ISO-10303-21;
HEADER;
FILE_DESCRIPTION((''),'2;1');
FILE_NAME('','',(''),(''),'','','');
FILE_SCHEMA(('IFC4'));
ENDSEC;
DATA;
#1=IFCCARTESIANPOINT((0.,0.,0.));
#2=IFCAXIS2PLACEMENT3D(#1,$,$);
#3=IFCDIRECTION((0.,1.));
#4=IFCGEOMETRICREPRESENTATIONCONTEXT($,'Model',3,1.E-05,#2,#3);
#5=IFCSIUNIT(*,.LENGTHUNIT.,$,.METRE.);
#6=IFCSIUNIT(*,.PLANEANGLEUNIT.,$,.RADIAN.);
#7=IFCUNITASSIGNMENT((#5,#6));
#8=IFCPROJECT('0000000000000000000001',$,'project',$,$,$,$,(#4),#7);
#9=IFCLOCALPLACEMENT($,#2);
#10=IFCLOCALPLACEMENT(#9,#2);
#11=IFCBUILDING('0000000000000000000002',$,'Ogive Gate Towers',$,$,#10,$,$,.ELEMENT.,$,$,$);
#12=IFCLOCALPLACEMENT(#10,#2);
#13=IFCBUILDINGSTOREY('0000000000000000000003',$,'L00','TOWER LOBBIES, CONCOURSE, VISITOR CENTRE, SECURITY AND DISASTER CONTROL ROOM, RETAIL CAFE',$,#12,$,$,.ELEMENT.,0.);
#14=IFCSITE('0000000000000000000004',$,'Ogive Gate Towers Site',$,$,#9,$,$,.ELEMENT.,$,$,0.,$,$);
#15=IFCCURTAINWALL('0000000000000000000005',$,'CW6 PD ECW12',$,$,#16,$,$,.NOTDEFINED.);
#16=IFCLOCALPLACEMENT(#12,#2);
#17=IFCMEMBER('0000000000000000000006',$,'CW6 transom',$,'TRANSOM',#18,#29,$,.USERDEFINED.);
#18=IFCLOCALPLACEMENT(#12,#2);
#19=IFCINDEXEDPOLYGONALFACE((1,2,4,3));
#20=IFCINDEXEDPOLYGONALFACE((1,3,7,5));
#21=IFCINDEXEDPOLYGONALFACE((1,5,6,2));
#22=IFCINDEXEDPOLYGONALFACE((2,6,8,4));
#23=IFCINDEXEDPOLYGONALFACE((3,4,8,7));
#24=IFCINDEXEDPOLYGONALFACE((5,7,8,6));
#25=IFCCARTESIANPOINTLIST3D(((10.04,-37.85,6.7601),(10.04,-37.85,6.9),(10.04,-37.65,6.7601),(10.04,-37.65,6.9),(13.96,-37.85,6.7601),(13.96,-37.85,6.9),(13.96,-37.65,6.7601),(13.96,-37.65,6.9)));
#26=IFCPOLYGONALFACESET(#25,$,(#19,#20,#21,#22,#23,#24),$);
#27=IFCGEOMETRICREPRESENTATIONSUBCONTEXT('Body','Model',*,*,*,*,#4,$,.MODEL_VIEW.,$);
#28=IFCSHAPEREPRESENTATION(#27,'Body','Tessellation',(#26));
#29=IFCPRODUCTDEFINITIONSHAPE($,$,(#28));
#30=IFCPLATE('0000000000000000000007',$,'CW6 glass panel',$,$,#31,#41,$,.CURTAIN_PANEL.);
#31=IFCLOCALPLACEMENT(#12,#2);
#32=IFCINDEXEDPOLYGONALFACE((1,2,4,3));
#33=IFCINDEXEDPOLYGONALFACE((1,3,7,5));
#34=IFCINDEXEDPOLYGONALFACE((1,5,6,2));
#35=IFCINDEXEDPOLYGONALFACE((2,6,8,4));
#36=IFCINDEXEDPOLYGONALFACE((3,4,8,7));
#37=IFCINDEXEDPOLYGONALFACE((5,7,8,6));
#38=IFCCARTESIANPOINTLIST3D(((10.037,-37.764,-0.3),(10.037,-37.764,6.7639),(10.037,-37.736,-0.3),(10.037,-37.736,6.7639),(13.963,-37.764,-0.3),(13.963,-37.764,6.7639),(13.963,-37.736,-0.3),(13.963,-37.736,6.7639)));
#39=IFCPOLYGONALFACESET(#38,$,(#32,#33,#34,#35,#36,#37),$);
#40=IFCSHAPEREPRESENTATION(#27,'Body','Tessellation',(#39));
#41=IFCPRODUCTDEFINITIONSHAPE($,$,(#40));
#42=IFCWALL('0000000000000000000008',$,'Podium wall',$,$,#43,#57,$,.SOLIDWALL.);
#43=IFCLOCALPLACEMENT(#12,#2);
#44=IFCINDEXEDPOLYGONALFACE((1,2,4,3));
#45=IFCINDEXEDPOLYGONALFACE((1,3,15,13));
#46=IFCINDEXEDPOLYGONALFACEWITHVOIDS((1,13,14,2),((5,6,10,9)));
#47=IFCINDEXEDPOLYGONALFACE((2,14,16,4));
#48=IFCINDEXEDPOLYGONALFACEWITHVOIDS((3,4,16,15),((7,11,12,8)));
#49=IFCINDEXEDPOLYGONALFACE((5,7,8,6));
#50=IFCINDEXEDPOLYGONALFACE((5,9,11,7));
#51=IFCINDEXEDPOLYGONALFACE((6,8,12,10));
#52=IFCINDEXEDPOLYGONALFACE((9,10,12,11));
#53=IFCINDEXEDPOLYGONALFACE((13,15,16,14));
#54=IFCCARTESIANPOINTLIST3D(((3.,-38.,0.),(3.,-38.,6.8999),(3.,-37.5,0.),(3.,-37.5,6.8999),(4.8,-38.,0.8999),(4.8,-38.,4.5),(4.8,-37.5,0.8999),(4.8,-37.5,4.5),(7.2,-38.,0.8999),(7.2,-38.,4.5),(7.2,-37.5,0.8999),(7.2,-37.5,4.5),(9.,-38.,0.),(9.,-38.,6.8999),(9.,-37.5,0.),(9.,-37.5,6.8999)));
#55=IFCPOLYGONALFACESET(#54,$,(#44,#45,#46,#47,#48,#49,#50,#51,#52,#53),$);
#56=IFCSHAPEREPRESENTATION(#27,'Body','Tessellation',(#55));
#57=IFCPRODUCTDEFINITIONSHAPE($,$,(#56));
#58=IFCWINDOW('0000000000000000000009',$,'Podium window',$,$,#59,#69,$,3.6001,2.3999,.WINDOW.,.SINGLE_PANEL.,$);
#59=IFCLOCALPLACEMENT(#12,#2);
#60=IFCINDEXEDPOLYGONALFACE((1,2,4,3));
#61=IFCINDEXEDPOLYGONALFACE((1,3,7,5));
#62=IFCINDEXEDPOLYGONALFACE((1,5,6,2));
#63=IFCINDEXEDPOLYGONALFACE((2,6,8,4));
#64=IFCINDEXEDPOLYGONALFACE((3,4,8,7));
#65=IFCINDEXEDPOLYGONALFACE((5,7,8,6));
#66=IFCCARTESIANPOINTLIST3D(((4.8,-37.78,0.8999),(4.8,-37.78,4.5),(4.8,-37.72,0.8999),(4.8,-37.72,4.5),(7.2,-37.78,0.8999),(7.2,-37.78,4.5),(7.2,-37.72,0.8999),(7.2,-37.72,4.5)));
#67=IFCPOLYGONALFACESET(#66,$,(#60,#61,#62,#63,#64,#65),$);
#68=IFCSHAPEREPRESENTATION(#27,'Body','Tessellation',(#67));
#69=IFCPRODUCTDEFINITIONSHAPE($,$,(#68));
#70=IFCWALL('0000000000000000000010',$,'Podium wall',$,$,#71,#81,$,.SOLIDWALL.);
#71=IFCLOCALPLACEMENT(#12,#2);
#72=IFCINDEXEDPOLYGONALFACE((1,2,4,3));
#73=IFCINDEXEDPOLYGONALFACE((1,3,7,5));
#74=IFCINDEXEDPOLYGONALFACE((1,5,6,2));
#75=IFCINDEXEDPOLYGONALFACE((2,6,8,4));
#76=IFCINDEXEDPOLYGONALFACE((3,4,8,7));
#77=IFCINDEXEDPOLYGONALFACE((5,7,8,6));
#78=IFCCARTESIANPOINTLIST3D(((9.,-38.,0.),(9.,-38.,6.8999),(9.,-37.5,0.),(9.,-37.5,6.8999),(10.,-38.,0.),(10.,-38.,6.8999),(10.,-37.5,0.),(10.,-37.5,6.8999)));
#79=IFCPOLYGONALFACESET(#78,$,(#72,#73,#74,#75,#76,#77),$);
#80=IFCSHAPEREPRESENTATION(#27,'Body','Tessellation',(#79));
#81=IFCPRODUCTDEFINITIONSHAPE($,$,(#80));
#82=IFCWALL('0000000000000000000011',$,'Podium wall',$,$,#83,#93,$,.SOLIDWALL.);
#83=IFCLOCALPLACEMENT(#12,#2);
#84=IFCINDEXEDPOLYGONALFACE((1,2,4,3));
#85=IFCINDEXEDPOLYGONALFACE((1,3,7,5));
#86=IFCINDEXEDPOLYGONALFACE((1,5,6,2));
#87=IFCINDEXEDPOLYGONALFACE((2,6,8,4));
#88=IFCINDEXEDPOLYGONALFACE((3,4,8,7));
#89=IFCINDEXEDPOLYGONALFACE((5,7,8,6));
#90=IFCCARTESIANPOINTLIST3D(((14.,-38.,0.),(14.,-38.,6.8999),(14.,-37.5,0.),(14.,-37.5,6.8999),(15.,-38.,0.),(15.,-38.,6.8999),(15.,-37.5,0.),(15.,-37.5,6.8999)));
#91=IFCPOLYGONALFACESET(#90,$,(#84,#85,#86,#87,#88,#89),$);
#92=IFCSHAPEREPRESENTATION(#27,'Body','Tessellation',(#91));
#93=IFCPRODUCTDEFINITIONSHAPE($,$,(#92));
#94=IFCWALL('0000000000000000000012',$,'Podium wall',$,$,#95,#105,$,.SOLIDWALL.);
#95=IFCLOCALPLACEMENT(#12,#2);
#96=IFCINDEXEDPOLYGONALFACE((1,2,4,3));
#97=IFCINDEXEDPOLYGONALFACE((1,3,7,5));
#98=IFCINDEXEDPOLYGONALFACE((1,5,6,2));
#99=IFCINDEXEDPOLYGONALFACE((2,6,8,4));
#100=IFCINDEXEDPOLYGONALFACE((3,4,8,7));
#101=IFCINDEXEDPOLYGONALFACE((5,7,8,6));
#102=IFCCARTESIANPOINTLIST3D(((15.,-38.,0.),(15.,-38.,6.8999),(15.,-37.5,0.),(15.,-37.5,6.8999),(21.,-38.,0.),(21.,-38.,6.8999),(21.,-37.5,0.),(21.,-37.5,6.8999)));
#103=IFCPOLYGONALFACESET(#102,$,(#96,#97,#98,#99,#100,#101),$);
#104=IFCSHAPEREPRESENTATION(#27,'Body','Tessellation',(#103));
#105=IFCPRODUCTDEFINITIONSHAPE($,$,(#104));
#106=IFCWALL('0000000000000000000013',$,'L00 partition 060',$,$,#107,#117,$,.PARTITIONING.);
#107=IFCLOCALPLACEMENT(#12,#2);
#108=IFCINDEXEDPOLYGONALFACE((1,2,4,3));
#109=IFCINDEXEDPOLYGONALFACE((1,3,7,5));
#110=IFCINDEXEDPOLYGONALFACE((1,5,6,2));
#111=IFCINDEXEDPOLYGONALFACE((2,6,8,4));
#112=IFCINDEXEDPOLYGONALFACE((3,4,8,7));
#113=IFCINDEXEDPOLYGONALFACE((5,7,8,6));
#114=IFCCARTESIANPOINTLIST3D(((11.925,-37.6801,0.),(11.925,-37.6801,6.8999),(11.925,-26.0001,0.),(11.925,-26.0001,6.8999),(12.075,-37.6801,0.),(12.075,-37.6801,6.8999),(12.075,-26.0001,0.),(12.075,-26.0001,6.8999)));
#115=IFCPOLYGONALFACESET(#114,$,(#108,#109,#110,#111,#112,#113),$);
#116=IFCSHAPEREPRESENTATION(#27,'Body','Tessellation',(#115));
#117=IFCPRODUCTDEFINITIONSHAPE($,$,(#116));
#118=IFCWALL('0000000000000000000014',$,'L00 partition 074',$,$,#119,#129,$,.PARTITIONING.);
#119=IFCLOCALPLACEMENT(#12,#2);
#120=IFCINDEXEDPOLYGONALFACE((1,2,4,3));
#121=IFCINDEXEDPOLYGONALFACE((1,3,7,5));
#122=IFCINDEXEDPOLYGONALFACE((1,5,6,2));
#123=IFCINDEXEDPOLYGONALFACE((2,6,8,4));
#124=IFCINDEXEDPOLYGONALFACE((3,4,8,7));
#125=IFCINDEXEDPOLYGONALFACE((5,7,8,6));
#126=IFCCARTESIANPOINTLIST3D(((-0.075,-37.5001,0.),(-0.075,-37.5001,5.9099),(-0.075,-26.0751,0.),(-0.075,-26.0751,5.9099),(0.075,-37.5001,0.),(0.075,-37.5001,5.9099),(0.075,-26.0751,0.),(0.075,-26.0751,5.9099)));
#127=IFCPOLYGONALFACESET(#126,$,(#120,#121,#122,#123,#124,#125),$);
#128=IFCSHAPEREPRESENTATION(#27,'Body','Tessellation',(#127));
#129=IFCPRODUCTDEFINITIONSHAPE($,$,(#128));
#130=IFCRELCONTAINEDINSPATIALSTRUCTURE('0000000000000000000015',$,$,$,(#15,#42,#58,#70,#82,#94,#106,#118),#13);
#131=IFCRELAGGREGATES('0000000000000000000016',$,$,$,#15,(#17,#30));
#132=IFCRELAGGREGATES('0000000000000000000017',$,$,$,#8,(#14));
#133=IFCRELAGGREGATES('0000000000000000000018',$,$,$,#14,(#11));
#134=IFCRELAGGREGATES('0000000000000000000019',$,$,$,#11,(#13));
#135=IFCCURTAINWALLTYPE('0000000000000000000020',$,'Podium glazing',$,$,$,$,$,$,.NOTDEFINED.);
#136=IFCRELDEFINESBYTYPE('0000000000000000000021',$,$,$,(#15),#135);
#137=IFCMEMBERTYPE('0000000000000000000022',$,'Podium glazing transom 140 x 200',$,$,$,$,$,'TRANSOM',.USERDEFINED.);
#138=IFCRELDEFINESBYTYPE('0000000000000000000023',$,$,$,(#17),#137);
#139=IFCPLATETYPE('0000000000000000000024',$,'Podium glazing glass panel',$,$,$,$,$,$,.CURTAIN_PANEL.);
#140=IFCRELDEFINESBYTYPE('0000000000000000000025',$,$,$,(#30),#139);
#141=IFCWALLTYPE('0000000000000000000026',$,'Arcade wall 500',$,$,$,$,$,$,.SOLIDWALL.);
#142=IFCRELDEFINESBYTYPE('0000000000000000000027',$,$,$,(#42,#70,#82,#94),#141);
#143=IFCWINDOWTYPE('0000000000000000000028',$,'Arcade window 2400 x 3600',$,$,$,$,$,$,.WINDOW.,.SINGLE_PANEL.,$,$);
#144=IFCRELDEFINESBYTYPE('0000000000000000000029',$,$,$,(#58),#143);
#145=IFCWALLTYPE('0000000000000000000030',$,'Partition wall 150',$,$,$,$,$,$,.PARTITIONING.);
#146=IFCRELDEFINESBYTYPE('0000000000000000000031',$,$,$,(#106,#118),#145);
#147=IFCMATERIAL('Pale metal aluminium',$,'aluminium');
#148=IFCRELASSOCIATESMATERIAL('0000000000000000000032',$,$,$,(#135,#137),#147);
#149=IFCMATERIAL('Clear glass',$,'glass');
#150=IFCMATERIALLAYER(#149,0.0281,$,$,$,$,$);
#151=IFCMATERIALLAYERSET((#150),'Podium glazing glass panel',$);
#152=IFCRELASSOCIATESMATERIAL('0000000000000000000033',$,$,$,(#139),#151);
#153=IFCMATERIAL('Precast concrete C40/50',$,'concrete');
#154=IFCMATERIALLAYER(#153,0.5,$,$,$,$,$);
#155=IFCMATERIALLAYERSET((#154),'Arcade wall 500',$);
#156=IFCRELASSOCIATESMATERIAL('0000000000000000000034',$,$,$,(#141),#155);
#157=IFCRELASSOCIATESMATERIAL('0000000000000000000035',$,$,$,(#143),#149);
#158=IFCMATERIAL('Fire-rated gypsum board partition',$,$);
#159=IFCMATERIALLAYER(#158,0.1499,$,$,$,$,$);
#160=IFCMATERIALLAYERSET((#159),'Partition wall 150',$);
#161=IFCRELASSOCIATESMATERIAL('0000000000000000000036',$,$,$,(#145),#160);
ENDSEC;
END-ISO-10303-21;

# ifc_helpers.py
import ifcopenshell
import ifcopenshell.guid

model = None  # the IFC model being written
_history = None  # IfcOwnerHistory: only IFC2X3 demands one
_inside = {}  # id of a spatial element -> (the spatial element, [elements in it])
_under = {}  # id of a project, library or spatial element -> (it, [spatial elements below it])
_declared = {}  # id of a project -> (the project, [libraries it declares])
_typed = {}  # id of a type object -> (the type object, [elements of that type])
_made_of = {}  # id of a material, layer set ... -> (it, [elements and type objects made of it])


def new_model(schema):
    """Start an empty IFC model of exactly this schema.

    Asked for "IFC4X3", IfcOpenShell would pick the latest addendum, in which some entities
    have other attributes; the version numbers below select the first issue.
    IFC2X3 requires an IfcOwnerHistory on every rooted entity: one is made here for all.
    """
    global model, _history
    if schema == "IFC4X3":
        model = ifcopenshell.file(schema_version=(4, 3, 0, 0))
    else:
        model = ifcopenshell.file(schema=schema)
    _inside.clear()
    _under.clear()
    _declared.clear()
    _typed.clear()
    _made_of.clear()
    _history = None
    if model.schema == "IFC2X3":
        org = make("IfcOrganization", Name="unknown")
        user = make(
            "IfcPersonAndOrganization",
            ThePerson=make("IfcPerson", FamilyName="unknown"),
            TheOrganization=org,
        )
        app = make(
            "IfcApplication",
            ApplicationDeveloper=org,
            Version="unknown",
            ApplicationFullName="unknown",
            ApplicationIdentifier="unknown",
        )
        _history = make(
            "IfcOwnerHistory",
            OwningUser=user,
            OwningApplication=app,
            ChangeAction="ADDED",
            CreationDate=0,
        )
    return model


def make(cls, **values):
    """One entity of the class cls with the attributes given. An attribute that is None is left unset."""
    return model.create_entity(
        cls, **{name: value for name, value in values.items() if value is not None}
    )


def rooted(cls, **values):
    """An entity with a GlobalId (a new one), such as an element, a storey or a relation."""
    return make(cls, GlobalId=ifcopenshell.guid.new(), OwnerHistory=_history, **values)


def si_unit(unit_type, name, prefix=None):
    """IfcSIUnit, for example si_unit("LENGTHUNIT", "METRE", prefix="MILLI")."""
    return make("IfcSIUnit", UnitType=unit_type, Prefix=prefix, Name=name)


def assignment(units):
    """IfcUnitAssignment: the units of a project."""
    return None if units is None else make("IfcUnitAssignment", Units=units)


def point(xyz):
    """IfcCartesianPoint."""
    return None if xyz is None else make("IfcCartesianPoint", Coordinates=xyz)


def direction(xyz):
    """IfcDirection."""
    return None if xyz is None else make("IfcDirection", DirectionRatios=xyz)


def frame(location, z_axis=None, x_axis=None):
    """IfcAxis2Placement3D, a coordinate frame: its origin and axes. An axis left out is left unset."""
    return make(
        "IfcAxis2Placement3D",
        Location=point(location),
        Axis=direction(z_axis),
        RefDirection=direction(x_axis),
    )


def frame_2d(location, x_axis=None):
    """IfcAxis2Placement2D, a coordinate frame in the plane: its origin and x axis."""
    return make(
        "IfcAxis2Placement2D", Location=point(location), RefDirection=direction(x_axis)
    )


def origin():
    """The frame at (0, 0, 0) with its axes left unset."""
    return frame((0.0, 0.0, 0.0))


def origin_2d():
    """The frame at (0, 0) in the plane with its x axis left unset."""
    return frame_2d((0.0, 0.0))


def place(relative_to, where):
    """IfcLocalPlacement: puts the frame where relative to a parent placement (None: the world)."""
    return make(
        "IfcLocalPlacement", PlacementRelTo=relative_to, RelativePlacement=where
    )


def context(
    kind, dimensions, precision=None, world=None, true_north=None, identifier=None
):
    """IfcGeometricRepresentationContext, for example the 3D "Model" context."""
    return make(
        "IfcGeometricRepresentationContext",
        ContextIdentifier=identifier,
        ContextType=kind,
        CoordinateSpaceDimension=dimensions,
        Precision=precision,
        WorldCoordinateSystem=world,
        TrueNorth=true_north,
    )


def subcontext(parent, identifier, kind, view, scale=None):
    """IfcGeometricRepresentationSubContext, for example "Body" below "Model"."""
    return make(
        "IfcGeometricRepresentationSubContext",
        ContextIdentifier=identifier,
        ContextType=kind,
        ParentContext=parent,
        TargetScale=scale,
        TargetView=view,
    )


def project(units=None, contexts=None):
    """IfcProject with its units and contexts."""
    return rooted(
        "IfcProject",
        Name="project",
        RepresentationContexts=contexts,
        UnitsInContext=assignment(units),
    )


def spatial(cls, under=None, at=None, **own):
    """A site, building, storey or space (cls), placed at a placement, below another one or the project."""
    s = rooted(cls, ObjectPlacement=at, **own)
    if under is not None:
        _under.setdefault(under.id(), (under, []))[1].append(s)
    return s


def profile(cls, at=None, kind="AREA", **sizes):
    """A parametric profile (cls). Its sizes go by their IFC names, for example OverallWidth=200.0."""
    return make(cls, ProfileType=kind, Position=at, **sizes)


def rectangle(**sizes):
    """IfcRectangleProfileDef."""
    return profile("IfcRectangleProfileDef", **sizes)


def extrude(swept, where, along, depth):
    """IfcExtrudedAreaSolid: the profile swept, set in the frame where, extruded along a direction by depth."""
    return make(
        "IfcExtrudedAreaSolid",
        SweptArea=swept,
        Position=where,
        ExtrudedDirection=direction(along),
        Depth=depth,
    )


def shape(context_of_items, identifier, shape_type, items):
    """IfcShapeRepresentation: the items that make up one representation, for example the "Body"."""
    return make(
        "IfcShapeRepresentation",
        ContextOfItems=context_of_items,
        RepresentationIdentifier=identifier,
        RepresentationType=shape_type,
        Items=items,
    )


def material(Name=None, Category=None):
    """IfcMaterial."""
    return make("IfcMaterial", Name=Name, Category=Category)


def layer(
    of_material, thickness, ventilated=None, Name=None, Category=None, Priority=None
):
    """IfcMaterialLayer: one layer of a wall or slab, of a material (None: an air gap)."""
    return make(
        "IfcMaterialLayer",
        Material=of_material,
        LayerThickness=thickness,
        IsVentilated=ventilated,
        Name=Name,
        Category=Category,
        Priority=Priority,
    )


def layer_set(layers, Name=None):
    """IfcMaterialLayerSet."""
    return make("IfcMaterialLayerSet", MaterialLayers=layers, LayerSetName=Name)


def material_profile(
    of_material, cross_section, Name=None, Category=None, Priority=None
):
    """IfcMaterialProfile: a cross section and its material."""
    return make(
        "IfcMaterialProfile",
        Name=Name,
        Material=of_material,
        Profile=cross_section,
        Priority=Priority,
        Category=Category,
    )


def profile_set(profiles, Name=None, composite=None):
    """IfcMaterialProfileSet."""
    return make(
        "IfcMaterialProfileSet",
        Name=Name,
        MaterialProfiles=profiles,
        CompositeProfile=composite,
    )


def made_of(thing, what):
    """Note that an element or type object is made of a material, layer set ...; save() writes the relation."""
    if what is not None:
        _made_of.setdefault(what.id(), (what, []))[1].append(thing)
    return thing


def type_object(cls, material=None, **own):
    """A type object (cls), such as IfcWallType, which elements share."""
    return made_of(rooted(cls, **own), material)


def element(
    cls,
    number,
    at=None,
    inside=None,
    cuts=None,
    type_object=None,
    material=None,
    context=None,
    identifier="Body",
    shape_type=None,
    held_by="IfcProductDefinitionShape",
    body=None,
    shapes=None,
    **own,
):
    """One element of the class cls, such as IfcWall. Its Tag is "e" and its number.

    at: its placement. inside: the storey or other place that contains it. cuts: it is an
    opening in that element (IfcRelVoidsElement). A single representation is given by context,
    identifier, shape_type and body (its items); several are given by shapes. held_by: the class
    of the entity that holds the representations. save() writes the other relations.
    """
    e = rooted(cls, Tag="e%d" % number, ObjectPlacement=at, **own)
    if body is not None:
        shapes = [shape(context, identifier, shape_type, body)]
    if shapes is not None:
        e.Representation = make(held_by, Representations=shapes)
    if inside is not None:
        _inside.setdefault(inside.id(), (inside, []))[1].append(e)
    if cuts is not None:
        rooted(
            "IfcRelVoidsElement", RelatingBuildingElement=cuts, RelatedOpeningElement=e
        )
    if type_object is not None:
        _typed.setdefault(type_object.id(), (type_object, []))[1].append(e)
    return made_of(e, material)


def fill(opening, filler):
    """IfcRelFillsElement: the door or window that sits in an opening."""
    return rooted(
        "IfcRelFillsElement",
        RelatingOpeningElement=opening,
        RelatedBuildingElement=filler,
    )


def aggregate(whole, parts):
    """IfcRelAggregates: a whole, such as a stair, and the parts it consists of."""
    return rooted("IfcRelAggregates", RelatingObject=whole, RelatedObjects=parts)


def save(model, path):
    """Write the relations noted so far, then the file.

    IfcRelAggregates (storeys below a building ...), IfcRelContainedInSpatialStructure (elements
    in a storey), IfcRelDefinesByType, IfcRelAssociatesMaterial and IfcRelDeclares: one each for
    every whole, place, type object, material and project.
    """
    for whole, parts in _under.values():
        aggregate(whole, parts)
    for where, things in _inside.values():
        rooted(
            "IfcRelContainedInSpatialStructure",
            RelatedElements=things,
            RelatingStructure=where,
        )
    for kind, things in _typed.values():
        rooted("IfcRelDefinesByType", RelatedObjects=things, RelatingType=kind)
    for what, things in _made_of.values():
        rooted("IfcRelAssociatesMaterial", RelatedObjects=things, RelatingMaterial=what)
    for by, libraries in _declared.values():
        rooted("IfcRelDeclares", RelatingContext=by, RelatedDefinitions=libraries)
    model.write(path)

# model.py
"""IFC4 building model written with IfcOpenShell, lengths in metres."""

from ifc_helpers import new_model, si_unit, direction, frame, frame_2d, origin, origin_2d, place, context, subcontext, project, spatial, rectangle, extrude, material, layer, layer_set, material_profile, profile_set, type_object, element, fill, aggregate, save


model = new_model("IFC4")

# Units and contexts
model_context = context("Model", 3, precision=1e-05, world=origin(), true_north=direction((0.0, 1.0)))
body_context = subcontext(model_context, "Body", "Model", "MODEL_VIEW")
ifc_project = project(units=[si_unit("LENGTHUNIT", "METRE"), si_unit("PLANEANGLEUNIT", "RADIAN")], contexts=[model_context])

# Site, building, storey
site_placement = place(None, origin())
site = spatial("IfcSite", under=ifc_project, at=site_placement, Name="Ogive Gate Towers Site", CompositionType="ELEMENT", RefElevation=0.0)
building_placement = place(site_placement, origin())
building = spatial("IfcBuilding", under=site, at=building_placement, Name="Ogive Gate Towers", CompositionType="ELEMENT")
storey_placement = place(building_placement, origin())
storey = spatial("IfcBuildingStorey", under=building, at=storey_placement, Name="L00", Description="TOWER LOBBIES, CONCOURSE, VISITOR CENTRE, SECURITY AND DISASTER CONTROL ROOM, RETAIL CAFE", CompositionType="ELEMENT", Elevation=0.0)

# Curtain wall, member, plate
ifc_material_1 = material(Name="Pale metal aluminium", Category="aluminium")
curtain_wall_type = type_object("IfcCurtainWallType", Name="Podium glazing", PredefinedType="NOTDEFINED", material=ifc_material_1)
curtain_wall_placement = place(storey_placement, origin())
curtain_wall = element("IfcCurtainWall", 1, at=curtain_wall_placement, inside=storey, type_object=curtain_wall_type, Name="CW6 PD ECW12", PredefinedType="NOTDEFINED")
ifc_material_profile_1 = material_profile(ifc_material_1, rectangle(XDim=0.2, YDim=0.1399, at=origin_2d()), Name="140 x 200 aluminium box")
ifc_profile_set_1 = profile_set([ifc_material_profile_1], Name="Pale metal aluminium")
member_type_1 = type_object("IfcMemberType", Name="Podium glazing transom 140 x 200", ElementType="TRANSOM", PredefinedType="USERDEFINED", material=ifc_profile_set_1)
member_1_placement = place(storey_placement, frame((10.04, -37.75, 6.8301), z_axis=(1.0, 0.0, 0.0), x_axis=(0.0, 1.0, 0.0)))
member_1 = element("IfcMember", 2, at=member_1_placement, type_object=member_type_1, Name="CW6 transom", ObjectType="TRANSOM", PredefinedType="USERDEFINED", context=body_context, shape_type="SweptSolid", body=[
    extrude(rectangle(XDim=0.2, YDim=0.1399, at=origin_2d()), origin(), (0.0, 0.0, 1.0), 3.9199),
])
ifc_material_2 = material(Name="Clear glass", Category="glass")
ifc_layer_1 = layer(ifc_material_2, 0.0281)
ifc_layer_set_1 = layer_set([ifc_layer_1], Name="Podium glazing glass panel")
plate_type = type_object("IfcPlateType", Name="Podium glazing glass panel", PredefinedType="CURTAIN_PANEL", material=ifc_layer_set_1)
plate_placement = place(storey_placement, frame((12.0, -37.75, -0.3), z_axis=(0.0, 0.0, 1.0), x_axis=(1.0, 0.0, 0.0)))
plate = element("IfcPlate", 3, at=plate_placement, type_object=plate_type, Name="CW6 glass panel", PredefinedType="CURTAIN_PANEL", context=body_context, shape_type="SweptSolid", body=[
    extrude(rectangle(XDim=3.926, YDim=0.0281, at=origin_2d()), origin(), (0.0, 0.0, 1.0), 7.064),
])
aggregate(curtain_wall, [member_1, plate])

# Wall, opening, window
ifc_material_3 = material(Name="Precast concrete C40/50", Category="concrete")
ifc_layer_2 = layer(ifc_material_3, 0.5)
ifc_layer_set_2 = layer_set([ifc_layer_2], Name="Arcade wall 500")
wall_type_1 = type_object("IfcWallType", Name="Arcade wall 500", PredefinedType="SOLIDWALL", material=ifc_layer_set_2)
wall_1_placement = place(storey_placement, frame((3.0, -37.75, 0.0), z_axis=(0.0, 0.0, 1.0), x_axis=(1.0, 0.0, 0.0)))
wall_1 = element("IfcWall", 4, at=wall_1_placement, inside=storey, type_object=wall_type_1, Name="Podium wall", PredefinedType="SOLIDWALL", context=body_context, shape_type="SweptSolid", body=[
    extrude(rectangle(XDim=6.0, YDim=0.5, at=frame_2d((3.0, 0.0))), origin(), (0.0, 0.0, 1.0), 6.8999),
])
opening_placement = place(wall_1_placement, frame((1.8, 0.0, 0.8999)))
opening = element("IfcOpeningElement", 5, at=opening_placement, cuts=wall_1, PredefinedType="OPENING", context=body_context, shape_type="SweptSolid", body=[
    extrude(rectangle(XDim=2.3999, YDim=3.6001, at=frame_2d((1.2, 1.8))), frame((0.0, 0.26, 0.0), z_axis=(0.0, -1.0, 0.0), x_axis=(1.0, 0.0, 0.0)), (0.0, 0.0, 1.0), 0.52),
])
window_type = type_object("IfcWindowType", Name="Arcade window 2400 x 3600", PartitioningType="SINGLE_PANEL", PredefinedType="WINDOW", material=ifc_material_2)
window_placement = place(opening_placement, origin())
window = element("IfcWindow", 6, at=window_placement, inside=storey, type_object=window_type, Name="Podium window", OverallHeight=3.6001, OverallWidth=2.3999, PartitioningType="SINGLE_PANEL", PredefinedType="WINDOW", context=body_context, shape_type="SweptSolid", body=[
    extrude(rectangle(XDim=2.3999, YDim=3.6001, at=frame_2d((1.2, 1.8))), frame((0.0, 0.03, 0.0), z_axis=(0.0, -1.0, 0.0), x_axis=(1.0, 0.0, 0.0)), (0.0, 0.0, 1.0), 0.0601),
])
fill(opening, window)

# Walls
for number, where, z_axis, x_axis, name in (
    (7, (9.0, -37.75, 0.0), (0.0, 0.0, 1.0), (1.0, 0.0, 0.0), "Podium wall"),
    (8, (14.0, -37.75, 0.0), (0.0, 0.0, 1.0), (1.0, 0.0, 0.0), "Podium wall"),
):
    element("IfcWall", number, at=place(storey_placement, frame(where, z_axis=z_axis, x_axis=x_axis)), inside=storey, type_object=wall_type_1, Name=name, PredefinedType="SOLIDWALL", context=body_context, shape_type="SweptSolid", body=[
        extrude(rectangle(XDim=1.0, YDim=0.5, at=frame_2d((0.5, 0.0))), origin(), (0.0, 0.0, 1.0), 6.8999),
    ])
wall_2_placement = place(storey_placement, frame((15.0, -37.75, 0.0), z_axis=(0.0, 0.0, 1.0), x_axis=(1.0, 0.0, 0.0)))
element("IfcWall", 9, at=wall_2_placement, inside=storey, type_object=wall_type_1, Name="Podium wall", PredefinedType="SOLIDWALL", context=body_context, shape_type="SweptSolid", body=[
    extrude(rectangle(XDim=6.0, YDim=0.5, at=frame_2d((3.0, 0.0))), origin(), (0.0, 0.0, 1.0), 6.8999),
])
ifc_material_4 = material(Name="Fire-rated gypsum board partition")
ifc_layer_3 = layer(ifc_material_4, 0.1499)
ifc_layer_set_3 = layer_set([ifc_layer_3], Name="Partition wall 150")
wall_type_2 = type_object("IfcWallType", Name="Partition wall 150", PredefinedType="PARTITIONING", material=ifc_layer_set_3)
wall_3_placement = place(storey_placement, frame((12.0, -37.6799, 0.0), z_axis=(0.0, 0.0, 1.0), x_axis=(0.0, 1.0, 0.0)))
element("IfcWall", 10, at=wall_3_placement, inside=storey, type_object=wall_type_2, Name="L00 partition 060", PredefinedType="PARTITIONING", context=body_context, shape_type="SweptSolid", body=[
    extrude(rectangle(XDim=11.6799, YDim=0.1499, at=frame_2d((5.8398, 0.0))), origin(), (0.0, 0.0, 1.0), 6.8999),
])
wall_4_placement = place(storey_placement, frame((0.0, -37.5, 0.0), z_axis=(0.0, 0.0, 1.0), x_axis=(0.0, 1.0, 0.0)))
element("IfcWall", 11, at=wall_4_placement, inside=storey, type_object=wall_type_2, Name="L00 partition 074", PredefinedType="PARTITIONING", context=body_context, shape_type="SweptSolid", body=[
    extrude(rectangle(XDim=11.425, YDim=0.1499, at=frame_2d((5.7124, 0.0))), origin(), (0.0, 0.0, 1.0), 5.9099),
])

save(model, "model.ifc")
